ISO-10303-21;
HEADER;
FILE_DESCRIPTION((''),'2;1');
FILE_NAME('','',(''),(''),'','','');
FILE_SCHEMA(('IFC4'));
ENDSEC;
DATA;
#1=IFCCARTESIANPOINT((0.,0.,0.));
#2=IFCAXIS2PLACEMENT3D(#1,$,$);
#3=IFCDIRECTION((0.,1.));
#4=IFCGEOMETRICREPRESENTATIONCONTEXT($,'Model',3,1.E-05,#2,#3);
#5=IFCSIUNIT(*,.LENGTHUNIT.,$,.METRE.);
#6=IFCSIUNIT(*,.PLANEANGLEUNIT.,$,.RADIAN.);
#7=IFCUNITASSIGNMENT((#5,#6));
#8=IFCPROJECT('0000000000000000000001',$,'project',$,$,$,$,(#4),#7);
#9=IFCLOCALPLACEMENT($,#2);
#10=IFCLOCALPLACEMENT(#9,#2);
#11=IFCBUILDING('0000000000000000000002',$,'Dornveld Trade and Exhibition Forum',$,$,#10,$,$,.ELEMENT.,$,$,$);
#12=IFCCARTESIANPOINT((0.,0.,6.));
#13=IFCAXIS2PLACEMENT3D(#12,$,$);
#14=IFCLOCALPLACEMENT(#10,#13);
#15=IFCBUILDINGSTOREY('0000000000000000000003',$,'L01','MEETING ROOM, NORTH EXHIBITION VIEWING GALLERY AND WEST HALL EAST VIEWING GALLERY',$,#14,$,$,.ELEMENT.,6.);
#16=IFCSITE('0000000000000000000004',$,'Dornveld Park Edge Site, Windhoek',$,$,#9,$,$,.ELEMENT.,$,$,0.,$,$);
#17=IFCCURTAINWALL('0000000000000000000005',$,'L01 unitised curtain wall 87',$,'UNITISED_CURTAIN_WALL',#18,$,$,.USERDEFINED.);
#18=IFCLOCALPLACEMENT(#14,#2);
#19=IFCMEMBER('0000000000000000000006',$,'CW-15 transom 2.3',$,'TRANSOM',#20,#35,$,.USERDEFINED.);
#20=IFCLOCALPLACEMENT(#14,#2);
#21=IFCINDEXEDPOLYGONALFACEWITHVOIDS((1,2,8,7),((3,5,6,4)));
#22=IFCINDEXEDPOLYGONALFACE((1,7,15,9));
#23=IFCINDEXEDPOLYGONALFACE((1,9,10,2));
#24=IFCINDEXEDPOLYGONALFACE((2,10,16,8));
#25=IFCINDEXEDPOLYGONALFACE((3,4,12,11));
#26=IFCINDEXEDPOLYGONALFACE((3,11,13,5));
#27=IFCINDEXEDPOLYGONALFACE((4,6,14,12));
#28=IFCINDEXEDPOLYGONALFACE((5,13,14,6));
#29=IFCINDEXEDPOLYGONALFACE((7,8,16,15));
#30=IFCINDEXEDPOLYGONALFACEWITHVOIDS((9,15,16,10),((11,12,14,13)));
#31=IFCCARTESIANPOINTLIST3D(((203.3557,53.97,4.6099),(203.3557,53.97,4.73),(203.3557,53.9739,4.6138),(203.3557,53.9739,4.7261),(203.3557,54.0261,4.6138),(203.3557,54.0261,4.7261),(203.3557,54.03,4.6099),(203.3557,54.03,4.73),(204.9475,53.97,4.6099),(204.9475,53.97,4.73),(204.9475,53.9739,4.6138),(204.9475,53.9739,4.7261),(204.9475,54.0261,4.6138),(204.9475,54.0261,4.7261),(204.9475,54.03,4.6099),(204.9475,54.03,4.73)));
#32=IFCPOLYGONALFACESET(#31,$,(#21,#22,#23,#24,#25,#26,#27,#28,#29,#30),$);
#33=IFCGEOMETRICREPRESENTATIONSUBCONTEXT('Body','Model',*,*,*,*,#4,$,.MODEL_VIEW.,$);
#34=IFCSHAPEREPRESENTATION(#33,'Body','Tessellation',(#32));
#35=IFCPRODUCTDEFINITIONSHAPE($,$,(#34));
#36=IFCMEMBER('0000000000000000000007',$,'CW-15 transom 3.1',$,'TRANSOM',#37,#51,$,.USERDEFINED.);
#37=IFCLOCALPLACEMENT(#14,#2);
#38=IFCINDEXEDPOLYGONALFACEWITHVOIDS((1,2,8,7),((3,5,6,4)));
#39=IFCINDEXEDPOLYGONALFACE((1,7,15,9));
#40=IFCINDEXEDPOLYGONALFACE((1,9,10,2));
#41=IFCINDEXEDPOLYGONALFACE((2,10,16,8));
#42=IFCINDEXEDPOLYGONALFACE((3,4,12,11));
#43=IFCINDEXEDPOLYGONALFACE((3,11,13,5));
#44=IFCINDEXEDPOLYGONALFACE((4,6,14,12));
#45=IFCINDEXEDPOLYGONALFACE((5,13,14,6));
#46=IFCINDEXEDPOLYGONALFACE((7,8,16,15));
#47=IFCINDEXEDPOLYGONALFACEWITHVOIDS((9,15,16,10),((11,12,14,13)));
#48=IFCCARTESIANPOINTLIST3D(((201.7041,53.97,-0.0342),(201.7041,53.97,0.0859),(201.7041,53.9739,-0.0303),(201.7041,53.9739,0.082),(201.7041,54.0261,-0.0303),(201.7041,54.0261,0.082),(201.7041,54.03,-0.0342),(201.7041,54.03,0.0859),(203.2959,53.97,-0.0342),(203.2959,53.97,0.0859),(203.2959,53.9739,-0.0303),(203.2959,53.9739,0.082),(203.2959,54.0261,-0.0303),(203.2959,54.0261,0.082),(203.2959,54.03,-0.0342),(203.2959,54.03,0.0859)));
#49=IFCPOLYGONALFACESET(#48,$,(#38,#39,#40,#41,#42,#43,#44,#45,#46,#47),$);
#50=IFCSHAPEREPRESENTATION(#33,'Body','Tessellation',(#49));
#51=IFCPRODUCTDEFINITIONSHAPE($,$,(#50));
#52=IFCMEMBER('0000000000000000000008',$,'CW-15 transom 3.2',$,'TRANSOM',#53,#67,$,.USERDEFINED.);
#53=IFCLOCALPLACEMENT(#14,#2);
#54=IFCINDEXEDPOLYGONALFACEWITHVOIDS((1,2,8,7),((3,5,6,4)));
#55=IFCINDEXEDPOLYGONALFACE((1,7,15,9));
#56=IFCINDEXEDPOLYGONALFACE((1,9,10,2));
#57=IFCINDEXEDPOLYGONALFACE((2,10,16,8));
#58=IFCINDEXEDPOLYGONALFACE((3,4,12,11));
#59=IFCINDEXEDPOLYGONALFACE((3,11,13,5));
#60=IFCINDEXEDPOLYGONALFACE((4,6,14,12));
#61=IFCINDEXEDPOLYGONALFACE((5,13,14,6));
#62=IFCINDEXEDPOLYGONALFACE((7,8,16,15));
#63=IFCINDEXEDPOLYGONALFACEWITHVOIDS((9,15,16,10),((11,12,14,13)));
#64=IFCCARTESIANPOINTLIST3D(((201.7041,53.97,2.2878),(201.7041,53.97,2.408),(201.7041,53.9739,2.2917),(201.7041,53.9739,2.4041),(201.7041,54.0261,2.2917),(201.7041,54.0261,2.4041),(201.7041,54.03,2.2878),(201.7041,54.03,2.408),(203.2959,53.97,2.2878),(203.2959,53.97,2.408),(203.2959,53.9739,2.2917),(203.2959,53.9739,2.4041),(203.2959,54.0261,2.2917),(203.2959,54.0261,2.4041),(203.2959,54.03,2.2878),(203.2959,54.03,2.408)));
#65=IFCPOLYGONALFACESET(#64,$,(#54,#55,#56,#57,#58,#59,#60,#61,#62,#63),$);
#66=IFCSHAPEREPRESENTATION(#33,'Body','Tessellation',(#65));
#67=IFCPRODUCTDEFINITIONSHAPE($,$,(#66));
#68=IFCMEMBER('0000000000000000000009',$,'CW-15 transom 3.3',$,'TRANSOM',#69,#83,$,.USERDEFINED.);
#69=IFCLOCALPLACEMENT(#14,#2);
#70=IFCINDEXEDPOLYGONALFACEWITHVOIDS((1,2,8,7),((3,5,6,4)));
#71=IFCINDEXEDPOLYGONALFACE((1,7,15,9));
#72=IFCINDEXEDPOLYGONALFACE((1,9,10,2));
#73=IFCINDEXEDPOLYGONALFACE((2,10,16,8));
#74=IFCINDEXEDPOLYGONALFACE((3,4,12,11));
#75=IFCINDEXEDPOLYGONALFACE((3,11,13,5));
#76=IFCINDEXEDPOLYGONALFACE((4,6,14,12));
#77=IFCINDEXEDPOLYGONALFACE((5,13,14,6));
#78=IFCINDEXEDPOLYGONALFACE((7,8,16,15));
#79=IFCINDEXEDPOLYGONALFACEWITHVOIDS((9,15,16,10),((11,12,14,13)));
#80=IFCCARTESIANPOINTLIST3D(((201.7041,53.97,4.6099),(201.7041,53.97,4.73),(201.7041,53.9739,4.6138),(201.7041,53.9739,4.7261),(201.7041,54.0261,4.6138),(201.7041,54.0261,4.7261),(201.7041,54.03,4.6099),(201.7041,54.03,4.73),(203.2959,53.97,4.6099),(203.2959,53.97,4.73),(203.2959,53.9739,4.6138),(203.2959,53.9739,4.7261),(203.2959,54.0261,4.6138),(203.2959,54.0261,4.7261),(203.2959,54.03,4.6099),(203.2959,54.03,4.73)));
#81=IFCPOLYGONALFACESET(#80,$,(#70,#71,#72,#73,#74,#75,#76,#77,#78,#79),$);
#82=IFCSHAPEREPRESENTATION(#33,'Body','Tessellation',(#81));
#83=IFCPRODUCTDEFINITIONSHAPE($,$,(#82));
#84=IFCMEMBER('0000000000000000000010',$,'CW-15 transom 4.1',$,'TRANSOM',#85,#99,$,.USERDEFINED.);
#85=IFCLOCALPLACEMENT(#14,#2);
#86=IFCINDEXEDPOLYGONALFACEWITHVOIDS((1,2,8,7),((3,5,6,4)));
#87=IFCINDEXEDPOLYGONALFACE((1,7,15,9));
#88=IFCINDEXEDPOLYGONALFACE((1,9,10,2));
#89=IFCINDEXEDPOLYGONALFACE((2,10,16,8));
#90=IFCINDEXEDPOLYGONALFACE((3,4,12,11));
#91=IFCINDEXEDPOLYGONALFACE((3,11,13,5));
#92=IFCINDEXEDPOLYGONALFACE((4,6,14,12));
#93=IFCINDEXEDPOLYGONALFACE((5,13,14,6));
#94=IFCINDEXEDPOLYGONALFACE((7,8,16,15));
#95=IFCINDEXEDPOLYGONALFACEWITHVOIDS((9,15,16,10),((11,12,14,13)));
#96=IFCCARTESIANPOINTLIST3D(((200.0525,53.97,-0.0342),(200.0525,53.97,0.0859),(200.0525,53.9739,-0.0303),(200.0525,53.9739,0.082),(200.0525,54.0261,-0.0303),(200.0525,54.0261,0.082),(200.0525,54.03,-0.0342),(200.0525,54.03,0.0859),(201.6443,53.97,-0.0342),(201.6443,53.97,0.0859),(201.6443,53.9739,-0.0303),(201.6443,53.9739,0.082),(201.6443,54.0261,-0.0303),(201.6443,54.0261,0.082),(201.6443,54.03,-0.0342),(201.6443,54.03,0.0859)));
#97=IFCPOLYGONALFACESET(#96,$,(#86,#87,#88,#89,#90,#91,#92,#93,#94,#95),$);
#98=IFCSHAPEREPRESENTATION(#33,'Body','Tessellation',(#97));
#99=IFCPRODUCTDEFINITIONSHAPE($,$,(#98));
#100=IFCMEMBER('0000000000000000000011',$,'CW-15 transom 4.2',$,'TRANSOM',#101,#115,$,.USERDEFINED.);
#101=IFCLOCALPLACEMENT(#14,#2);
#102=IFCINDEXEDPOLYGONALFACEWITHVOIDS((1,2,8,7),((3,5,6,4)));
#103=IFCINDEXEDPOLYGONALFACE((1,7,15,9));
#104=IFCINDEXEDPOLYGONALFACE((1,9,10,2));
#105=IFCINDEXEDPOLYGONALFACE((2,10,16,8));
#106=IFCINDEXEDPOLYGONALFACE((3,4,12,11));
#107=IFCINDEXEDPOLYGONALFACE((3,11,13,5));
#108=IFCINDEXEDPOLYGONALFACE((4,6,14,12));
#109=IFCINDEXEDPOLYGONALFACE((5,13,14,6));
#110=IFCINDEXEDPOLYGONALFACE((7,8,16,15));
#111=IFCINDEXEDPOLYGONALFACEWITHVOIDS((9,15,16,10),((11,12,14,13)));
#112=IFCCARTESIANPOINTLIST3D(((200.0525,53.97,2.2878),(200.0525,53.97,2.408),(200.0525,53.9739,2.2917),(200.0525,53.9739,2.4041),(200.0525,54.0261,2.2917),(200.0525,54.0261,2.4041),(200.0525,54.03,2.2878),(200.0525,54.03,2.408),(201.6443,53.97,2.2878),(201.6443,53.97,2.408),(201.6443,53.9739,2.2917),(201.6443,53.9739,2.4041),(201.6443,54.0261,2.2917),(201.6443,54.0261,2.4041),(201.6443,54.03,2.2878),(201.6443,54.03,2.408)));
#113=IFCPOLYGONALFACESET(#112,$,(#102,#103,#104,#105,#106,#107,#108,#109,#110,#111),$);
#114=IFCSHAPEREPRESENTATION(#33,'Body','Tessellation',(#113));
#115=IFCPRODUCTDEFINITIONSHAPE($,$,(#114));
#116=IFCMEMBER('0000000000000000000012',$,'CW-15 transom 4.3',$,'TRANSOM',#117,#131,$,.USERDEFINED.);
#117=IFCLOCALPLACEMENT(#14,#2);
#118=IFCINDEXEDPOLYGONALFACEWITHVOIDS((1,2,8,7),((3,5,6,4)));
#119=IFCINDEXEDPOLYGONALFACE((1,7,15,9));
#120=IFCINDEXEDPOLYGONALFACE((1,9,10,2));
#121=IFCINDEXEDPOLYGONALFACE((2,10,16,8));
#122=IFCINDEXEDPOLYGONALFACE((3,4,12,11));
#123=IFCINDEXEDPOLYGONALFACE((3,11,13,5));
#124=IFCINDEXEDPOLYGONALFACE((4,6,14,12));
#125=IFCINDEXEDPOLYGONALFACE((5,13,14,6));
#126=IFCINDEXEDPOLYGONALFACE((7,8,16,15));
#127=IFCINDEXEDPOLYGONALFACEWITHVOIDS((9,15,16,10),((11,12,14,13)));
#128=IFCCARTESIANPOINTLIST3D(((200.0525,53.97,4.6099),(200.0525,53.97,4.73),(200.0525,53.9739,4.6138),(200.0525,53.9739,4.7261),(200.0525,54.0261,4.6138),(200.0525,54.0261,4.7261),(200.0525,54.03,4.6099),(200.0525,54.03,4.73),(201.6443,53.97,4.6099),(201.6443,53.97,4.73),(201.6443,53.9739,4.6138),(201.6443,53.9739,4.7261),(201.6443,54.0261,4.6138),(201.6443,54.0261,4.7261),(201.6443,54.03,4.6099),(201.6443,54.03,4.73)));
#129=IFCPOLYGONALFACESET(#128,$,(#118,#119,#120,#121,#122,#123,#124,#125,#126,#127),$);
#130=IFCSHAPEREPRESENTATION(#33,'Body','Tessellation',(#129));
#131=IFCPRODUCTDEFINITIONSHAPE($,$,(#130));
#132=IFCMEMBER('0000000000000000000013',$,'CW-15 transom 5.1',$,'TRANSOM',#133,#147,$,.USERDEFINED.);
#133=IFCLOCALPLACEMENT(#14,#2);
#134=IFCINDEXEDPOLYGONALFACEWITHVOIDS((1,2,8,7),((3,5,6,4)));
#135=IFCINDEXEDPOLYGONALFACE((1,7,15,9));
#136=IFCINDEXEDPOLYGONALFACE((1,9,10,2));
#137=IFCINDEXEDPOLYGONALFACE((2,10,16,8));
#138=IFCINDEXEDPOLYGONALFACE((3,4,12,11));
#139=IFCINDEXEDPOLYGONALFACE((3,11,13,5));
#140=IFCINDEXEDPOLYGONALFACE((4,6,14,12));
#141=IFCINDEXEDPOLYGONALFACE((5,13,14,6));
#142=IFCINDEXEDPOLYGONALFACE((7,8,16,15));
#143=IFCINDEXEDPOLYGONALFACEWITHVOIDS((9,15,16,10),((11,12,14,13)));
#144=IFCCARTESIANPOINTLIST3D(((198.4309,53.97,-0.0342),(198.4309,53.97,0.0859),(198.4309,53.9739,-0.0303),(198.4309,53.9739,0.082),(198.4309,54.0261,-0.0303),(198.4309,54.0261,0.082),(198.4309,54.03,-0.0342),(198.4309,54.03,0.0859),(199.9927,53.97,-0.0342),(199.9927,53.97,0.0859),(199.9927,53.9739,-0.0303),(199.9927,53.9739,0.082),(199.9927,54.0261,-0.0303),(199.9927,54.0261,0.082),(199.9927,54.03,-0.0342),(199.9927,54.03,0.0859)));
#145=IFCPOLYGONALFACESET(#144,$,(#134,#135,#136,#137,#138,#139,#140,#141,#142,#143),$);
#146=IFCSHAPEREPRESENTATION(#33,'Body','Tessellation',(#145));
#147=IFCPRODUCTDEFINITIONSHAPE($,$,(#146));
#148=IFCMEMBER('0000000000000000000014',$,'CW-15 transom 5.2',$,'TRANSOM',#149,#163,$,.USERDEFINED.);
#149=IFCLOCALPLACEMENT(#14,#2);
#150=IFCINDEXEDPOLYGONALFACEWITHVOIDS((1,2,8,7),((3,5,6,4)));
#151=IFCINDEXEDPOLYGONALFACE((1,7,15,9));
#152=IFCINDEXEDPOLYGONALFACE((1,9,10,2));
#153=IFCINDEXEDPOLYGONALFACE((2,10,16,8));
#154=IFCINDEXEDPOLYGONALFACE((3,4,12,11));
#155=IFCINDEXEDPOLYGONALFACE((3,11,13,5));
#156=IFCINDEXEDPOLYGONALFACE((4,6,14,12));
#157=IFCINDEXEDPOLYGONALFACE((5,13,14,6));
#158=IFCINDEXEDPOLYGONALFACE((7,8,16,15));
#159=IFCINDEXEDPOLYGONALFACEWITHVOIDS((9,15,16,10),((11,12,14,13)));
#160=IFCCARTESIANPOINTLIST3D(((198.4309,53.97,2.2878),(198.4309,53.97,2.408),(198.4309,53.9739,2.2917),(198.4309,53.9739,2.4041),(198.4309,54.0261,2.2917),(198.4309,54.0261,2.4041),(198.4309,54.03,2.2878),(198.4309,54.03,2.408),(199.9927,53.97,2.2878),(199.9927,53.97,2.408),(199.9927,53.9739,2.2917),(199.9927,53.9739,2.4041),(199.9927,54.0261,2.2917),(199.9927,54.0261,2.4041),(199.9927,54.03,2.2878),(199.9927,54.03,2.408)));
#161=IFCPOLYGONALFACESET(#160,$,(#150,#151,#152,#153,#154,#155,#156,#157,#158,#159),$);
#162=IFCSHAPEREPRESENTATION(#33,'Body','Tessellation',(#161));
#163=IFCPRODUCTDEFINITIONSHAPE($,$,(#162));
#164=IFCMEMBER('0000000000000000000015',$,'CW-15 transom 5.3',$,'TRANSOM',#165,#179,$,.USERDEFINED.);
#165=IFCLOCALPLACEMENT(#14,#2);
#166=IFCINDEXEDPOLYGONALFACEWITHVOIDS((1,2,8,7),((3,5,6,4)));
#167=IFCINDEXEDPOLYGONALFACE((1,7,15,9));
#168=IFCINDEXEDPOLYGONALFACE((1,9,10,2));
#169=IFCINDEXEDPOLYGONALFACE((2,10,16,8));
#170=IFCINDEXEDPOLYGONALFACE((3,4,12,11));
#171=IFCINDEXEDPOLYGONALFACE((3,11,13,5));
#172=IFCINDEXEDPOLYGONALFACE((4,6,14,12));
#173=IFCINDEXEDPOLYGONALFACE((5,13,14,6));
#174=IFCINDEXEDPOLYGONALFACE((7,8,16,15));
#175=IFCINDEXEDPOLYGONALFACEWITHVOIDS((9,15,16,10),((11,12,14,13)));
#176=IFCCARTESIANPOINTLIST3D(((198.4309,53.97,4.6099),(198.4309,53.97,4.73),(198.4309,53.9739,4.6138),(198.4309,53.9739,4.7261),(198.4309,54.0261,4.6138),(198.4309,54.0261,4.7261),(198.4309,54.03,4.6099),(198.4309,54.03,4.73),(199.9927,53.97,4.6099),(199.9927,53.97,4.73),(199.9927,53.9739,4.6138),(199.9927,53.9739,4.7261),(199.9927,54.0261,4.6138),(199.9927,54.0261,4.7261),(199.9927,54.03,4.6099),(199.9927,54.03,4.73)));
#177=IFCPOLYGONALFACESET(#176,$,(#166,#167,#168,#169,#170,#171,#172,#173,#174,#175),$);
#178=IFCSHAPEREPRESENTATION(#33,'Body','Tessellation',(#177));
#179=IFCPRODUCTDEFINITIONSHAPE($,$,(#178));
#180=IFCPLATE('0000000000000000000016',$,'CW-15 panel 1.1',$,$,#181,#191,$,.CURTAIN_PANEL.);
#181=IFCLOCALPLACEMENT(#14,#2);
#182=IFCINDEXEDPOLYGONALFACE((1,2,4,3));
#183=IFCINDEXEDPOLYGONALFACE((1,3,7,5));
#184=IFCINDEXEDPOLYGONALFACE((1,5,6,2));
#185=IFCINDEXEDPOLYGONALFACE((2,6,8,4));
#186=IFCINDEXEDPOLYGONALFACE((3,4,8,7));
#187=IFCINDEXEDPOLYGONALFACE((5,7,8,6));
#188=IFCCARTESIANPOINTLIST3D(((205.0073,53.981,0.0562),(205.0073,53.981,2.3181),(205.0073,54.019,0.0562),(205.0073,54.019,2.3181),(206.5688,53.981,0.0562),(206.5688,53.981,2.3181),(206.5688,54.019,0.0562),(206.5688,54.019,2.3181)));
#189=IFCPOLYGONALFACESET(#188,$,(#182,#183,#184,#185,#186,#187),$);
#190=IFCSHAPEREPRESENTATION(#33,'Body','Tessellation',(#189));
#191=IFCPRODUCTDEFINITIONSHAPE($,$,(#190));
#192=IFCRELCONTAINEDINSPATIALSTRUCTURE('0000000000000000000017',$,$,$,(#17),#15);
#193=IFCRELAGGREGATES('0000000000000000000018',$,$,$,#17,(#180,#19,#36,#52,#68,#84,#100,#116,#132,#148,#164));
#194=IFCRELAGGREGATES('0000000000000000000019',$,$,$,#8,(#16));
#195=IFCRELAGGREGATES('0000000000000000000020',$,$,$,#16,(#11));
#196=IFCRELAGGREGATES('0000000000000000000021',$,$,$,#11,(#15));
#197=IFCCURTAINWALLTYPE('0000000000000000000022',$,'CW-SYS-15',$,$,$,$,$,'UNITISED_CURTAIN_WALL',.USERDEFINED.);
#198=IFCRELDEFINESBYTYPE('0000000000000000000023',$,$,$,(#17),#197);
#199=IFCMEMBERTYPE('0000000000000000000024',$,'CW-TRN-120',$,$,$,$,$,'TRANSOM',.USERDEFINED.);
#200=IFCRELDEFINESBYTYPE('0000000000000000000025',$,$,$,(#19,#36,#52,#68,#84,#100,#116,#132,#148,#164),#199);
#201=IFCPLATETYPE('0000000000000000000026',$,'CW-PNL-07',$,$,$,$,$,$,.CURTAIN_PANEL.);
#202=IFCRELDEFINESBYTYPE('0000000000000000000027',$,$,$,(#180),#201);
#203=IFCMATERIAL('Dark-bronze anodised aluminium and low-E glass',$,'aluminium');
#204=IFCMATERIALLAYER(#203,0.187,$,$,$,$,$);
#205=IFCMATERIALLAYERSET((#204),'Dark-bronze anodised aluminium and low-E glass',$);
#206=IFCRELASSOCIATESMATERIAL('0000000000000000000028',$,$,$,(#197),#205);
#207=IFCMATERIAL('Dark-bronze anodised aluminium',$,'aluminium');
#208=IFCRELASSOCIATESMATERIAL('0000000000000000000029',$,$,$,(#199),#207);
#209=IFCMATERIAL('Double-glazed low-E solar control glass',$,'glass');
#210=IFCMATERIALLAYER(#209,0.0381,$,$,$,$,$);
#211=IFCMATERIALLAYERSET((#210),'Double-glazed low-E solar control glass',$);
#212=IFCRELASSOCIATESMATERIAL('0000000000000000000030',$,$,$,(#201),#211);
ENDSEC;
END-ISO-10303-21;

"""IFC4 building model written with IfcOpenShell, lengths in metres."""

from ifc_helpers import new_model, si_unit, direction, frame, origin, origin_2d, place, context, subcontext, project, spatial, rectangle, hollow_rectangle, extrude, material, layer, layer_set, material_profile, profile_set, type_object, element, aggregate, save


model = new_model("IFC4")

# Units and contexts
model_context = context("Model", 3, precision=1e-05, world=origin(), true_north=direction((0.0, 1.0)))
body_context = subcontext(model_context, "Body", "Model", "MODEL_VIEW")
ifc_project = project(units=[si_unit("LENGTHUNIT", "METRE"), si_unit("PLANEANGLEUNIT", "RADIAN")], contexts=[model_context])

# Site, building, storey
site_placement = place(None, origin())
site = spatial("IfcSite", under=ifc_project, at=site_placement, Name="Dornveld Park Edge Site, Windhoek", CompositionType="ELEMENT", RefElevation=0.0)
building_placement = place(site_placement, origin())
building = spatial("IfcBuilding", under=site, at=building_placement, Name="Dornveld Trade and Exhibition Forum", CompositionType="ELEMENT")
storey_placement = place(building_placement, frame((0.0, 0.0, 6.0)))
storey = spatial("IfcBuildingStorey", under=building, at=storey_placement, Name="L01", Description="MEETING ROOM, NORTH EXHIBITION VIEWING GALLERY AND WEST HALL EAST VIEWING GALLERY", CompositionType="ELEMENT", Elevation=6.0)

# Curtain wall, members, plate
ifc_material_1 = material(Name="Dark-bronze anodised aluminium and low-E glass", Category="aluminium")
ifc_layer_1 = layer(ifc_material_1, 0.187)
ifc_layer_set_1 = layer_set([ifc_layer_1], Name="Dark-bronze anodised aluminium and low-E glass")
curtain_wall_type = type_object("IfcCurtainWallType", Name="CW-SYS-15", ElementType="UNITISED_CURTAIN_WALL", PredefinedType="USERDEFINED", material=ifc_layer_set_1)
curtain_wall_placement = place(storey_placement, origin())
curtain_wall = element("IfcCurtainWall", 1, at=curtain_wall_placement, inside=storey, type_object=curtain_wall_type, Name="L01 unitised curtain wall 87", ObjectType="UNITISED_CURTAIN_WALL", PredefinedType="USERDEFINED")
ifc_material_2 = material(Name="Dark-bronze anodised aluminium", Category="aluminium")
ifc_material_profile_1 = material_profile(ifc_material_2, hollow_rectangle(XDim=0.0601, YDim=0.1201, WallThickness=0.0039, at=origin_2d()), Name="RHS 120x60x4")
ifc_profile_set_1 = profile_set([ifc_material_profile_1], Name="Dark-bronze anodised aluminium")
member_type_1 = type_object("IfcMemberType", Name="CW-TRN-120", ElementType="TRANSOM", PredefinedType="USERDEFINED", material=ifc_profile_set_1)
member_1_placement = place(storey_placement, frame((204.9475, 54.0, 4.6699), z_axis=(-1.0, 0.0, 0.0), x_axis=(0.0, -1.0, 0.0)))
member_1 = element("IfcMember", 2, at=member_1_placement, type_object=member_type_1, Name="CW-15 transom 2.3", ObjectType="TRANSOM", PredefinedType="USERDEFINED", context=body_context, shape_type="SweptSolid", body=[
    extrude(hollow_rectangle(XDim=0.0601, YDim=0.1201, WallThickness=0.0039, at=origin_2d()), origin(), (0.0, 0.0, 1.0), 1.5918),
])
member_2_placement = place(storey_placement, frame((203.2959, 54.0, 0.0259), z_axis=(-1.0, 0.0, 0.0), x_axis=(0.0, -1.0, 0.0)))
member_2 = element("IfcMember", 3, at=member_2_placement, type_object=member_type_1, Name="CW-15 transom 3.1", ObjectType="TRANSOM", PredefinedType="USERDEFINED", context=body_context, shape_type="SweptSolid", body=[
    extrude(hollow_rectangle(XDim=0.0601, YDim=0.1201, WallThickness=0.0039, at=origin_2d()), origin(), (0.0, 0.0, 1.0), 1.5918),
])
member_3_placement = place(storey_placement, frame((203.2959, 54.0, 2.3479), z_axis=(-1.0, 0.0, 0.0), x_axis=(0.0, -1.0, 0.0)))
member_3 = element("IfcMember", 4, at=member_3_placement, type_object=member_type_1, Name="CW-15 transom 3.2", ObjectType="TRANSOM", PredefinedType="USERDEFINED", context=body_context, shape_type="SweptSolid", body=[
    extrude(hollow_rectangle(XDim=0.0601, YDim=0.1201, WallThickness=0.0039, at=origin_2d()), origin(), (0.0, 0.0, 1.0), 1.5918),
])
member_4_placement = place(storey_placement, frame((203.2959, 54.0, 4.6699), z_axis=(-1.0, 0.0, 0.0), x_axis=(0.0, -1.0, 0.0)))
member_4 = element("IfcMember", 5, at=member_4_placement, type_object=member_type_1, Name="CW-15 transom 3.3", ObjectType="TRANSOM", PredefinedType="USERDEFINED", context=body_context, shape_type="SweptSolid", body=[
    extrude(hollow_rectangle(XDim=0.0601, YDim=0.1201, WallThickness=0.0039, at=origin_2d()), origin(), (0.0, 0.0, 1.0), 1.5918),
])
member_5_placement = place(storey_placement, frame((201.6443, 54.0, 0.0259), z_axis=(-1.0, 0.0, 0.0), x_axis=(0.0, -1.0, 0.0)))
member_5 = element("IfcMember", 6, at=member_5_placement, type_object=member_type_1, Name="CW-15 transom 4.1", ObjectType="TRANSOM", PredefinedType="USERDEFINED", context=body_context, shape_type="SweptSolid", body=[
    extrude(hollow_rectangle(XDim=0.0601, YDim=0.1201, WallThickness=0.0039, at=origin_2d()), origin(), (0.0, 0.0, 1.0), 1.5918),
])
member_6_placement = place(storey_placement, frame((201.6443, 54.0, 2.3479), z_axis=(-1.0, 0.0, 0.0), x_axis=(0.0, -1.0, 0.0)))
member_6 = element("IfcMember", 7, at=member_6_placement, type_object=member_type_1, Name="CW-15 transom 4.2", ObjectType="TRANSOM", PredefinedType="USERDEFINED", context=body_context, shape_type="SweptSolid", body=[
    extrude(hollow_rectangle(XDim=0.0601, YDim=0.1201, WallThickness=0.0039, at=origin_2d()), origin(), (0.0, 0.0, 1.0), 1.5918),
])
member_7_placement = place(storey_placement, frame((201.6443, 54.0, 4.6699), z_axis=(-1.0, 0.0, 0.0), x_axis=(0.0, -1.0, 0.0)))
member_7 = element("IfcMember", 8, at=member_7_placement, type_object=member_type_1, Name="CW-15 transom 4.3", ObjectType="TRANSOM", PredefinedType="USERDEFINED", context=body_context, shape_type="SweptSolid", body=[
    extrude(hollow_rectangle(XDim=0.0601, YDim=0.1201, WallThickness=0.0039, at=origin_2d()), origin(), (0.0, 0.0, 1.0), 1.5918),
])
member_8_placement = place(storey_placement, frame((199.9927, 54.0, 0.0259), z_axis=(-1.0, 0.0, 0.0), x_axis=(0.0, -1.0, 0.0)))
member_8 = element("IfcMember", 9, at=member_8_placement, type_object=member_type_1, Name="CW-15 transom 5.1", ObjectType="TRANSOM", PredefinedType="USERDEFINED", context=body_context, shape_type="SweptSolid", body=[
    extrude(hollow_rectangle(XDim=0.0601, YDim=0.1201, WallThickness=0.0039, at=origin_2d()), origin(), (0.0, 0.0, 1.0), 1.5618),
])
member_9_placement = place(storey_placement, frame((199.9927, 54.0, 2.3479), z_axis=(-1.0, 0.0, 0.0), x_axis=(0.0, -1.0, 0.0)))
member_9 = element("IfcMember", 10, at=member_9_placement, type_object=member_type_1, Name="CW-15 transom 5.2", ObjectType="TRANSOM", PredefinedType="USERDEFINED", context=body_context, shape_type="SweptSolid", body=[
    extrude(hollow_rectangle(XDim=0.0601, YDim=0.1201, WallThickness=0.0039, at=origin_2d()), origin(), (0.0, 0.0, 1.0), 1.5618),
])
member_10_placement = place(storey_placement, frame((199.9927, 54.0, 4.6699), z_axis=(-1.0, 0.0, 0.0), x_axis=(0.0, -1.0, 0.0)))
member_10 = element("IfcMember", 11, at=member_10_placement, type_object=member_type_1, Name="CW-15 transom 5.3", ObjectType="TRANSOM", PredefinedType="USERDEFINED", context=body_context, shape_type="SweptSolid", body=[
    extrude(hollow_rectangle(XDim=0.0601, YDim=0.1201, WallThickness=0.0039, at=origin_2d()), origin(), (0.0, 0.0, 1.0), 1.5618),
])
ifc_material_3 = material(Name="Double-glazed low-E solar control glass", Category="glass")
ifc_layer_2 = layer(ifc_material_3, 0.0381)
ifc_layer_set_2 = layer_set([ifc_layer_2], Name="Double-glazed low-E solar control glass")
plate_type = type_object("IfcPlateType", Name="CW-PNL-07", PredefinedType="CURTAIN_PANEL", material=ifc_layer_set_2)
plate_1_placement = place(storey_placement, frame((205.7881, 54.0, 0.0562), z_axis=(0.0, 0.0, 1.0), x_axis=(-1.0, 0.0, 0.0)))
plate_1 = element("IfcPlate", 12, at=plate_1_placement, type_object=plate_type, Name="CW-15 panel 1.1", PredefinedType="CURTAIN_PANEL", context=body_context, shape_type="SweptSolid", body=[
    extrude(rectangle(XDim=1.5615, YDim=0.0381, at=origin_2d()), origin(), (0.0, 0.0, 1.0), 2.262),
])
aggregate(curtain_wall, [plate_1, member_1, member_2, member_3, member_4, member_5, member_6, member_7, member_8, member_9, member_10])

save(model, "model.ifc")
